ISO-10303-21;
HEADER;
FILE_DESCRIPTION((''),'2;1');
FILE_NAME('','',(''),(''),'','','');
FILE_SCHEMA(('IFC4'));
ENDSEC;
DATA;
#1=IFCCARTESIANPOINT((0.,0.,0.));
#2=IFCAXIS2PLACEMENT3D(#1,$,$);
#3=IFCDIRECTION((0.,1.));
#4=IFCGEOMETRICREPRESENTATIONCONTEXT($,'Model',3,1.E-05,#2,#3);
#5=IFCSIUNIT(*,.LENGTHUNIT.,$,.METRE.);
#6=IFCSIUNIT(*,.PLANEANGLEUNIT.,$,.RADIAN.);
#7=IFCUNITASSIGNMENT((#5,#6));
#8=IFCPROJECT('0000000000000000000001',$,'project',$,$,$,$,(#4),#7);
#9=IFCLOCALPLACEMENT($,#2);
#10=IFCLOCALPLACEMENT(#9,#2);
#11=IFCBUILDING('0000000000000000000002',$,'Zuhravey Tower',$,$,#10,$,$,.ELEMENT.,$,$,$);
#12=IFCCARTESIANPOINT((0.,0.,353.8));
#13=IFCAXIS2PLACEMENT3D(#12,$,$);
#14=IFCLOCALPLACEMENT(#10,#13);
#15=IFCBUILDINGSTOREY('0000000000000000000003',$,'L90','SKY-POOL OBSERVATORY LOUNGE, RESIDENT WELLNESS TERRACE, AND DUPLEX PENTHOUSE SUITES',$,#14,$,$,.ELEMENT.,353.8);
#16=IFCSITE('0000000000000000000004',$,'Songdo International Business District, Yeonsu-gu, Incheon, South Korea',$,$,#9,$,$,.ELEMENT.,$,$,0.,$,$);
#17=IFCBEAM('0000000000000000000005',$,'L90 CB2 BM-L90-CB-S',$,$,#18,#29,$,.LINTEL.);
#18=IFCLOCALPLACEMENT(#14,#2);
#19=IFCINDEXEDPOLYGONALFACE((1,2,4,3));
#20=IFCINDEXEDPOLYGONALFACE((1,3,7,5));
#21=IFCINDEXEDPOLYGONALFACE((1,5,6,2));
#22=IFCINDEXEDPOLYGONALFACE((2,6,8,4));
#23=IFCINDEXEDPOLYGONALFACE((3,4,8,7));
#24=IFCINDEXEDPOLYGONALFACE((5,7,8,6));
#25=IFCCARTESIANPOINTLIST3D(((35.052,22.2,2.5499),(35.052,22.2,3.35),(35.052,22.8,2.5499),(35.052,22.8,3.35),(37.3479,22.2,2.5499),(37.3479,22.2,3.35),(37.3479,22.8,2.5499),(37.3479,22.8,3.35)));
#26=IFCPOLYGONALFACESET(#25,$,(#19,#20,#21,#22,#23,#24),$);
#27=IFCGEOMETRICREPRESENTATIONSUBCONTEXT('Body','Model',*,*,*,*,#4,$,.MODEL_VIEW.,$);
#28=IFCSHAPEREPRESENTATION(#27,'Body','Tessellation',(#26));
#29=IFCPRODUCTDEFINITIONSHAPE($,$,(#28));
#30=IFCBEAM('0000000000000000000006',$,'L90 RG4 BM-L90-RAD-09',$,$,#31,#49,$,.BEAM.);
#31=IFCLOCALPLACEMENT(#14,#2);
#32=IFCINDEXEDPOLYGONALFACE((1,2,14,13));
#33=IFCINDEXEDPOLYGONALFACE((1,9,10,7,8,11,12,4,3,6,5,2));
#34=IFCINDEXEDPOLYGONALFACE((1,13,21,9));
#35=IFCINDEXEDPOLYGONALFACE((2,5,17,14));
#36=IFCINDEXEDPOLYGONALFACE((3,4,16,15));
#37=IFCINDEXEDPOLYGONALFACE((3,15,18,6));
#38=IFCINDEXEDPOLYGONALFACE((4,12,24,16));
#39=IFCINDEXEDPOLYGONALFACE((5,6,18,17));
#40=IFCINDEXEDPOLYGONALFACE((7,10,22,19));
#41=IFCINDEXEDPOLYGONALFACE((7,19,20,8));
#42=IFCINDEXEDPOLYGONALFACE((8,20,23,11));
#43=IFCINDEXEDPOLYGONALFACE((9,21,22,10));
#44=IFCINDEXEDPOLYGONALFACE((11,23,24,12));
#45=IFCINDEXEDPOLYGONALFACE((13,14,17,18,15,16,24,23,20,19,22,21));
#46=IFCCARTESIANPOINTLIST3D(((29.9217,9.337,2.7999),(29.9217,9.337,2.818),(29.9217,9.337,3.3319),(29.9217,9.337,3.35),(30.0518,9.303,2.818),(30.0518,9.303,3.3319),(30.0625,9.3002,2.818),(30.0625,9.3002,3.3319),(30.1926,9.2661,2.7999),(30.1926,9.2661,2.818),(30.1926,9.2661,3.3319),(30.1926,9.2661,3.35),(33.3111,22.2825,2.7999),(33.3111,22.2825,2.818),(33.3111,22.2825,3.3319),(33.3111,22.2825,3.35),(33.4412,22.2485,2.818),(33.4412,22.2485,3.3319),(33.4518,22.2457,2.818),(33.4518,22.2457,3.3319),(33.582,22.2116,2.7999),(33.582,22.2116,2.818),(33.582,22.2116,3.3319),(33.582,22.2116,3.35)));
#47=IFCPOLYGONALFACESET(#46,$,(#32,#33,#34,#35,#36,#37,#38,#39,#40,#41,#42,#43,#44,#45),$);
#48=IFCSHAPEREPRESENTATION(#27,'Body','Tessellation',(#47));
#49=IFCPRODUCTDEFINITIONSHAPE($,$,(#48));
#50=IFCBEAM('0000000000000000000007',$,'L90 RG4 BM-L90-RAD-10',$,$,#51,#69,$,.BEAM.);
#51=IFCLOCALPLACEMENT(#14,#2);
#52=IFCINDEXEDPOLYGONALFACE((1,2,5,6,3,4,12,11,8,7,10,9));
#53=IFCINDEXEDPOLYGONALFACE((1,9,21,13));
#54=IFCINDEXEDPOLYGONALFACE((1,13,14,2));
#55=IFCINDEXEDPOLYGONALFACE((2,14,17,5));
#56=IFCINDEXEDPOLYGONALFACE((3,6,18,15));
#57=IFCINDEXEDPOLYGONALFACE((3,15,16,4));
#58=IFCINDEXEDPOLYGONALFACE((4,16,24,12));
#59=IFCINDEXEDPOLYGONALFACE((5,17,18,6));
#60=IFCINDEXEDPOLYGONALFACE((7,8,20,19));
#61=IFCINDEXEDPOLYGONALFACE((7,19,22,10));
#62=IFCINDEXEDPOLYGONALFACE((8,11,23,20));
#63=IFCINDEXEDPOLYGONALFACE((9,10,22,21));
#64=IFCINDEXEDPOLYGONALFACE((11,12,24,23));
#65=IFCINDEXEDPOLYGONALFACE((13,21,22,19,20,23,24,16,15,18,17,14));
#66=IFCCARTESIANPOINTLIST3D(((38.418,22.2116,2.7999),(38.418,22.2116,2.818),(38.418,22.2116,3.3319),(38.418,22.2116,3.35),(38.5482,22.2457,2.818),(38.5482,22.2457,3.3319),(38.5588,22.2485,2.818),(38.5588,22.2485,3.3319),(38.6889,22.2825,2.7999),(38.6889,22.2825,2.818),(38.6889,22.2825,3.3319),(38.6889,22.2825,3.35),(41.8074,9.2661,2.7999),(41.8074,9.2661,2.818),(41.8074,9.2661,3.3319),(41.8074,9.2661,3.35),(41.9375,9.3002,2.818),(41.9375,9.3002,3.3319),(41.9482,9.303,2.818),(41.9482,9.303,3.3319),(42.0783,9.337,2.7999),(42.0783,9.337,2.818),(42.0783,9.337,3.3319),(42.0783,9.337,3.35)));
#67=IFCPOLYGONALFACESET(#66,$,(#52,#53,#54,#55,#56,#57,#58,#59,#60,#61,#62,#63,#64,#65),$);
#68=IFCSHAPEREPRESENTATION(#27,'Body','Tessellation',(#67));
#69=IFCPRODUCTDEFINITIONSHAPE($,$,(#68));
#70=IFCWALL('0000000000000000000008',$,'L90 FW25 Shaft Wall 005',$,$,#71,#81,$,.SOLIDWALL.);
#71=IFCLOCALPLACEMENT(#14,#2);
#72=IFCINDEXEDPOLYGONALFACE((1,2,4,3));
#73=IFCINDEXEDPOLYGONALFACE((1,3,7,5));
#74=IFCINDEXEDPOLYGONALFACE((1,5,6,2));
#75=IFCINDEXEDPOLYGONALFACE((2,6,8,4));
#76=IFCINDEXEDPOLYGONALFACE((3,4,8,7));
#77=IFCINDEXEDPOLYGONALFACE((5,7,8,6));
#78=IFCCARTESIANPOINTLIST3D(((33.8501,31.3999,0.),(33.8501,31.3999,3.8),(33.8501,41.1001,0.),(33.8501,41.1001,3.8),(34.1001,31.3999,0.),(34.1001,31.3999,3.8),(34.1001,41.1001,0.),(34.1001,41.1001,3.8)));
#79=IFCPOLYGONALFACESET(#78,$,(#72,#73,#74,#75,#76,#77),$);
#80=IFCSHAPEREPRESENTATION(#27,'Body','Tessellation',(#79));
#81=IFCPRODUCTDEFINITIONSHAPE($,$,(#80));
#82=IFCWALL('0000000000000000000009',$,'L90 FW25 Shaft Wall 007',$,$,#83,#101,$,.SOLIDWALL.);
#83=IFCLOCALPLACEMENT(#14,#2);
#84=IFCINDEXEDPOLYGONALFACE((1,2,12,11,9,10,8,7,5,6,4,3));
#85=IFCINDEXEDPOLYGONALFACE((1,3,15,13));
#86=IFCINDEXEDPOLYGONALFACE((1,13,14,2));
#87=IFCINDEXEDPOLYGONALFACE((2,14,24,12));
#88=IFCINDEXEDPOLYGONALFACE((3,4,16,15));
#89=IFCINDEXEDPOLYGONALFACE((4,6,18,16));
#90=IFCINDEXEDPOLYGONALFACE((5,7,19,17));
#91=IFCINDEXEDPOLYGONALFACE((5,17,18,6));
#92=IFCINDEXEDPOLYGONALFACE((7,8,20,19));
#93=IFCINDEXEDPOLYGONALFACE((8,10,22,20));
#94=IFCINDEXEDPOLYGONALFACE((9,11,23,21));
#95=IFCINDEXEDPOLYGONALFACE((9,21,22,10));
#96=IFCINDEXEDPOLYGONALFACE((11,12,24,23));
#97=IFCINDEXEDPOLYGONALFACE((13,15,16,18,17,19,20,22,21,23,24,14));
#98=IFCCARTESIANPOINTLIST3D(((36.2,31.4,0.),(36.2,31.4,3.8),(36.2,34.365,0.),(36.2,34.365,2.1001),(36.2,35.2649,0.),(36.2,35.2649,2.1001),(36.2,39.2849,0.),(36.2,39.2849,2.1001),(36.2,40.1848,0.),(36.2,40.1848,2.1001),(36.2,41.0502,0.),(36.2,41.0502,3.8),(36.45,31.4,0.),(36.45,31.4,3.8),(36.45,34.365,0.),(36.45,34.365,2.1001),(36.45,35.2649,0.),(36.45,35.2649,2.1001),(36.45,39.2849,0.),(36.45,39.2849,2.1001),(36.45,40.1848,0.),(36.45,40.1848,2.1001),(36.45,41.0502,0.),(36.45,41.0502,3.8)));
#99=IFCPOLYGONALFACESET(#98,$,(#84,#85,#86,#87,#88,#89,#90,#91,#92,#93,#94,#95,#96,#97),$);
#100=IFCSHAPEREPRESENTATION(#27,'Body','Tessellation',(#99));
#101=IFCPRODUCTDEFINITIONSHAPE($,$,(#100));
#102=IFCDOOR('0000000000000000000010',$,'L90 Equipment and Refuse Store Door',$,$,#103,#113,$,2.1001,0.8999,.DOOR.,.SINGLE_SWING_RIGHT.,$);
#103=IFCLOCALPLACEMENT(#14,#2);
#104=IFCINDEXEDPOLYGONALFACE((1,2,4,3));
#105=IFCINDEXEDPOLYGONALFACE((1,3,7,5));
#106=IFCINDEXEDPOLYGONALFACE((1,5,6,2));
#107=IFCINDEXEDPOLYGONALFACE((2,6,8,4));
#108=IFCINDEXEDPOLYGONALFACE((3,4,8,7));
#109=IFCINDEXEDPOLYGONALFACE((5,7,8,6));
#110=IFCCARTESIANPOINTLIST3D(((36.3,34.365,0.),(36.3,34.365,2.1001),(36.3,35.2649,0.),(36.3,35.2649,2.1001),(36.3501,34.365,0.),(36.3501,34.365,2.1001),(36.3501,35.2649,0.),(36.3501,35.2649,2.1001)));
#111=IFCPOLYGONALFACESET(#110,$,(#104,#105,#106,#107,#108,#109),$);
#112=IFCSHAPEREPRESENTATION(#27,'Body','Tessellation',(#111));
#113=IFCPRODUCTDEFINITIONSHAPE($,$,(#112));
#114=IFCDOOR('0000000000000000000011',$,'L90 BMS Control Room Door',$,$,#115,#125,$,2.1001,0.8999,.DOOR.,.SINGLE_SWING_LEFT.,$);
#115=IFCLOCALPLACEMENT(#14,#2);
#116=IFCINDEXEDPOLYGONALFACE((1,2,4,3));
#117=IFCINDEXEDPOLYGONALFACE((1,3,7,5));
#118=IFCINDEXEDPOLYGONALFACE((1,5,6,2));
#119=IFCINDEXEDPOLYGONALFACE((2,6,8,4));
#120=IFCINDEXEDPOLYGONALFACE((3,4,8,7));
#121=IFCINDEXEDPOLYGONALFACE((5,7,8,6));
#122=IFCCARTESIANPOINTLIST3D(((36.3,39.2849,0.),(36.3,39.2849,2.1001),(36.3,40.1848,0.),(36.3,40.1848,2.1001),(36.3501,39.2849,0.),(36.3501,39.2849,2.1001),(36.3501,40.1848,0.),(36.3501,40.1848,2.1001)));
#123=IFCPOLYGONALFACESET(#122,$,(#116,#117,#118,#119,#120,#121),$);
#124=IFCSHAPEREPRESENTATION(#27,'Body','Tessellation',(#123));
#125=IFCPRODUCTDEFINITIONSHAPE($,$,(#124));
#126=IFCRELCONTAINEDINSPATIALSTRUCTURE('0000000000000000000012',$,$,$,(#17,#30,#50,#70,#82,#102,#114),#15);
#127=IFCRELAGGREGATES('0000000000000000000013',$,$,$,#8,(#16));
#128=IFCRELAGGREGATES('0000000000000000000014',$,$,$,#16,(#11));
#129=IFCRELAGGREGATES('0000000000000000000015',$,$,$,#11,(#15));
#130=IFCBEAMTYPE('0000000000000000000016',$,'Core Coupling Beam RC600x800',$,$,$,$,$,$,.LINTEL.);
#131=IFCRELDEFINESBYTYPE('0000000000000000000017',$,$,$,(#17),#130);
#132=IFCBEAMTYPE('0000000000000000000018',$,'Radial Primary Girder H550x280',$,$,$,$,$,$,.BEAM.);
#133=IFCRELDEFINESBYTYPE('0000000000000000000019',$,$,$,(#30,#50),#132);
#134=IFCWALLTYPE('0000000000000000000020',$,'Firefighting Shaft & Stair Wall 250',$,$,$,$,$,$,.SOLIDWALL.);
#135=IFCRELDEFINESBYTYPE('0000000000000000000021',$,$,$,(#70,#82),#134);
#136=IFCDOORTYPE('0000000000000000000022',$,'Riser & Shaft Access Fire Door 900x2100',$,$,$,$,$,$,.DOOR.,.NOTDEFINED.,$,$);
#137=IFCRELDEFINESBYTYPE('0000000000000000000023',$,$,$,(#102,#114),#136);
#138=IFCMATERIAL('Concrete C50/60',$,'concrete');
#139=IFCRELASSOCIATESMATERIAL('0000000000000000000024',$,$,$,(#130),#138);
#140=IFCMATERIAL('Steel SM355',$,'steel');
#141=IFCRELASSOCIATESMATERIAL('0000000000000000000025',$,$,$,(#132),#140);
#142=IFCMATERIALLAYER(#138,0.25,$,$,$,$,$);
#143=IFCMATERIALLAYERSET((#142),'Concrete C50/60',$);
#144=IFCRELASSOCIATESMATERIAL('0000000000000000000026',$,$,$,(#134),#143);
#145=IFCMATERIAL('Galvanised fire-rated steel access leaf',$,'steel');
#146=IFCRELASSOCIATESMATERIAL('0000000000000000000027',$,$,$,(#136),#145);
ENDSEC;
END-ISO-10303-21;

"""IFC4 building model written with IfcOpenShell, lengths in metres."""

from ifc_helpers import new_model, si_unit, direction, frame, frame_2d, origin, origin_2d, place, context, subcontext, project, spatial, rectangle, i_section, extrude, material, layer, layer_set, material_profile, profile_set, type_object, element, fill, save


model = new_model("IFC4")

# Units and contexts
model_context = context("Model", 3, precision=1e-05, world=origin(), true_north=direction((0.0, 1.0)))
body_context = subcontext(model_context, "Body", "Model", "MODEL_VIEW")
ifc_project = project(units=[si_unit("LENGTHUNIT", "METRE"), si_unit("PLANEANGLEUNIT", "RADIAN")], contexts=[model_context])

# Site, building, storey
site_placement = place(None, origin())
site = spatial("IfcSite", under=ifc_project, at=site_placement, Name="Songdo International Business District, Yeonsu-gu, Incheon, South Korea", CompositionType="ELEMENT", RefElevation=0.0)
building_placement = place(site_placement, origin())
building = spatial("IfcBuilding", under=site, at=building_placement, Name="Zuhravey Tower", CompositionType="ELEMENT")
storey_placement = place(building_placement, frame((0.0, 0.0, 353.8)))
storey = spatial("IfcBuildingStorey", under=building, at=storey_placement, Name="L90", Description="SKY-POOL OBSERVATORY LOUNGE, RESIDENT WELLNESS TERRACE, AND DUPLEX PENTHOUSE SUITES", CompositionType="ELEMENT", Elevation=353.8)

# Beams
ifc_material_1 = material(Name="Concrete C50/60", Category="concrete")
ifc_material_profile_1 = material_profile(ifc_material_1, rectangle(XDim=0.6001, YDim=0.8, at=origin_2d()), Name="RC-600x800")
ifc_profile_set_1 = profile_set([ifc_material_profile_1], Name="Concrete C50/60")
beam_type_1 = type_object("IfcBeamType", Name="Core Coupling Beam RC600x800", PredefinedType="LINTEL", material=ifc_profile_set_1)
beam_placement = place(storey_placement, frame((35.052, 22.5, 2.95), z_axis=(1.0, 0.0, 0.0), x_axis=(0.0, 1.0, 0.0)))
element("IfcBeam", 1, at=beam_placement, inside=storey, type_object=beam_type_1, Name="L90 CB2 BM-L90-CB-S", PredefinedType="LINTEL", context=body_context, shape_type="SweptSolid", body=[
    extrude(rectangle(XDim=0.6001, YDim=0.8, at=origin_2d()), origin(), (0.0, 0.0, 1.0), 2.2959),
])
ifc_material_2 = material(Name="Steel SM355", Category="steel")
ifc_material_profile_2 = material_profile(ifc_material_2, i_section(OverallWidth=0.28, OverallDepth=0.55, WebThickness=0.011, FlangeThickness=0.0181, at=origin_2d()), Name="H-550x280x11x18")
ifc_profile_set_2 = profile_set([ifc_material_profile_2], Name="Steel SM355")
beam_type_2 = type_object("IfcBeamType", Name="Radial Primary Girder H550x280", PredefinedType="BEAM", material=ifc_profile_set_2)
for number, where, z_axis, x_axis, name in (
    (2, (33.4465, 22.2471, 3.075), (-0.253283, -0.967392, 0.0), (0.967392, -0.253283, 0.0), "L90 RG4 BM-L90-RAD-09"),
    (3, (38.5535, 22.2471, 3.075), (0.253283, -0.967392, 0.0), (0.967392, 0.253283, 0.0), "L90 RG4 BM-L90-RAD-10"),
):
    element("IfcBeam", number, at=place(storey_placement, frame(where, z_axis=z_axis, x_axis=x_axis)), inside=storey, type_object=beam_type_2, Name=name, PredefinedType="BEAM", context=body_context, shape_type="SweptSolid", body=[
        extrude(i_section(OverallWidth=0.28, OverallDepth=0.55, WebThickness=0.011, FlangeThickness=0.0181, at=origin_2d()), origin(), (0.0, 0.0, 1.0), 13.3818),
    ])

# Shared definitions
ifc_layer_1 = layer(ifc_material_1, 0.25)
ifc_layer_set_1 = layer_set([ifc_layer_1], Name="Concrete C50/60")
wall_type_1 = type_object("IfcWallType", Name="Firefighting Shaft & Stair Wall 250", PredefinedType="SOLIDWALL", material=ifc_layer_set_1)

# Wall
wall_1_placement = place(storey_placement, frame((33.9751, 31.3999, 0.0), z_axis=(0.0, 0.0, 1.0), x_axis=(0.0, 1.0, 0.0)))
element("IfcWall", 4, at=wall_1_placement, inside=storey, type_object=wall_type_1, Name="L90 FW25 Shaft Wall 005", PredefinedType="SOLIDWALL", context=body_context, shape_type="SweptSolid", body=[
    extrude(rectangle(XDim=9.7002, YDim=0.25, at=frame_2d((4.8501, 0.0))), origin(), (0.0, 0.0, 1.0), 3.8),
])

# Wall, openings, doors
wall_2_placement = place(storey_placement, frame((36.325, 31.3999, 0.0), z_axis=(0.0, 0.0, 1.0), x_axis=(0.0, 1.0, 0.0)))
wall_2 = element("IfcWall", 5, at=wall_2_placement, inside=storey, type_object=wall_type_1, Name="L90 FW25 Shaft Wall 007", PredefinedType="SOLIDWALL", context=body_context, shape_type="SweptSolid", body=[
    extrude(rectangle(XDim=9.6501, YDim=0.25, at=frame_2d((4.8252, 0.0))), origin(), (0.0, 0.0, 1.0), 3.8),
])
opening_1_placement = place(wall_2_placement, frame((2.9651, 0.0, 0.0)))
opening_1 = element("IfcOpeningElement", 6, at=opening_1_placement, cuts=wall_2, PredefinedType="OPENING", context=body_context, shape_type="SweptSolid", body=[
    extrude(rectangle(XDim=0.8999, YDim=2.1001, at=frame_2d((0.45, 1.05))), frame((0.0, 0.137, 0.0), z_axis=(0.0, -1.0, 0.0), x_axis=(1.0, 0.0, 0.0)), (0.0, 0.0, 1.0), 0.2739),
])
opening_2_placement = place(wall_2_placement, frame((7.885, 0.0, 0.0)))
opening_2 = element("IfcOpeningElement", 7, at=opening_2_placement, cuts=wall_2, PredefinedType="OPENING", context=body_context, shape_type="SweptSolid", body=[
    extrude(rectangle(XDim=0.8999, YDim=2.1001, at=frame_2d((0.45, 1.05))), frame((0.0, 0.137, 0.0), z_axis=(0.0, -1.0, 0.0), x_axis=(1.0, 0.0, 0.0)), (0.0, 0.0, 1.0), 0.2739),
])
ifc_material_3 = material(Name="Galvanised fire-rated steel access leaf", Category="steel")
door_type_1 = type_object("IfcDoorType", Name="Riser & Shaft Access Fire Door 900x2100", OperationType="NOTDEFINED", PredefinedType="DOOR", material=ifc_material_3)
door_1_placement = place(opening_1_placement, origin())
door_1 = element("IfcDoor", 8, at=door_1_placement, inside=storey, type_object=door_type_1, Name="L90 Equipment and Refuse Store Door", OperationType="SINGLE_SWING_RIGHT", OverallHeight=2.1001, OverallWidth=0.8999, PredefinedType="DOOR", context=body_context, shape_type="SweptSolid", body=[
    extrude(rectangle(XDim=0.8999, YDim=2.1001, at=frame_2d((0.45, 1.05))), frame((0.0, 0.0249, 0.0), z_axis=(0.0, -1.0, 0.0), x_axis=(1.0, 0.0, 0.0)), (0.0, 0.0, 1.0), 0.05),
])
fill(opening_1, door_1)
door_2_placement = place(opening_2_placement, origin())
door_2 = element("IfcDoor", 9, at=door_2_placement, inside=storey, type_object=door_type_1, Name="L90 BMS Control Room Door", OperationType="SINGLE_SWING_LEFT", OverallHeight=2.1001, OverallWidth=0.8999, PredefinedType="DOOR", context=body_context, shape_type="SweptSolid", body=[
    extrude(rectangle(XDim=0.8999, YDim=2.1001, at=frame_2d((0.45, 1.05))), frame((0.0, 0.0249, 0.0), z_axis=(0.0, -1.0, 0.0), x_axis=(1.0, 0.0, 0.0)), (0.0, 0.0, 1.0), 0.05),
])
fill(opening_2, door_2)

save(model, "model.ifc")
